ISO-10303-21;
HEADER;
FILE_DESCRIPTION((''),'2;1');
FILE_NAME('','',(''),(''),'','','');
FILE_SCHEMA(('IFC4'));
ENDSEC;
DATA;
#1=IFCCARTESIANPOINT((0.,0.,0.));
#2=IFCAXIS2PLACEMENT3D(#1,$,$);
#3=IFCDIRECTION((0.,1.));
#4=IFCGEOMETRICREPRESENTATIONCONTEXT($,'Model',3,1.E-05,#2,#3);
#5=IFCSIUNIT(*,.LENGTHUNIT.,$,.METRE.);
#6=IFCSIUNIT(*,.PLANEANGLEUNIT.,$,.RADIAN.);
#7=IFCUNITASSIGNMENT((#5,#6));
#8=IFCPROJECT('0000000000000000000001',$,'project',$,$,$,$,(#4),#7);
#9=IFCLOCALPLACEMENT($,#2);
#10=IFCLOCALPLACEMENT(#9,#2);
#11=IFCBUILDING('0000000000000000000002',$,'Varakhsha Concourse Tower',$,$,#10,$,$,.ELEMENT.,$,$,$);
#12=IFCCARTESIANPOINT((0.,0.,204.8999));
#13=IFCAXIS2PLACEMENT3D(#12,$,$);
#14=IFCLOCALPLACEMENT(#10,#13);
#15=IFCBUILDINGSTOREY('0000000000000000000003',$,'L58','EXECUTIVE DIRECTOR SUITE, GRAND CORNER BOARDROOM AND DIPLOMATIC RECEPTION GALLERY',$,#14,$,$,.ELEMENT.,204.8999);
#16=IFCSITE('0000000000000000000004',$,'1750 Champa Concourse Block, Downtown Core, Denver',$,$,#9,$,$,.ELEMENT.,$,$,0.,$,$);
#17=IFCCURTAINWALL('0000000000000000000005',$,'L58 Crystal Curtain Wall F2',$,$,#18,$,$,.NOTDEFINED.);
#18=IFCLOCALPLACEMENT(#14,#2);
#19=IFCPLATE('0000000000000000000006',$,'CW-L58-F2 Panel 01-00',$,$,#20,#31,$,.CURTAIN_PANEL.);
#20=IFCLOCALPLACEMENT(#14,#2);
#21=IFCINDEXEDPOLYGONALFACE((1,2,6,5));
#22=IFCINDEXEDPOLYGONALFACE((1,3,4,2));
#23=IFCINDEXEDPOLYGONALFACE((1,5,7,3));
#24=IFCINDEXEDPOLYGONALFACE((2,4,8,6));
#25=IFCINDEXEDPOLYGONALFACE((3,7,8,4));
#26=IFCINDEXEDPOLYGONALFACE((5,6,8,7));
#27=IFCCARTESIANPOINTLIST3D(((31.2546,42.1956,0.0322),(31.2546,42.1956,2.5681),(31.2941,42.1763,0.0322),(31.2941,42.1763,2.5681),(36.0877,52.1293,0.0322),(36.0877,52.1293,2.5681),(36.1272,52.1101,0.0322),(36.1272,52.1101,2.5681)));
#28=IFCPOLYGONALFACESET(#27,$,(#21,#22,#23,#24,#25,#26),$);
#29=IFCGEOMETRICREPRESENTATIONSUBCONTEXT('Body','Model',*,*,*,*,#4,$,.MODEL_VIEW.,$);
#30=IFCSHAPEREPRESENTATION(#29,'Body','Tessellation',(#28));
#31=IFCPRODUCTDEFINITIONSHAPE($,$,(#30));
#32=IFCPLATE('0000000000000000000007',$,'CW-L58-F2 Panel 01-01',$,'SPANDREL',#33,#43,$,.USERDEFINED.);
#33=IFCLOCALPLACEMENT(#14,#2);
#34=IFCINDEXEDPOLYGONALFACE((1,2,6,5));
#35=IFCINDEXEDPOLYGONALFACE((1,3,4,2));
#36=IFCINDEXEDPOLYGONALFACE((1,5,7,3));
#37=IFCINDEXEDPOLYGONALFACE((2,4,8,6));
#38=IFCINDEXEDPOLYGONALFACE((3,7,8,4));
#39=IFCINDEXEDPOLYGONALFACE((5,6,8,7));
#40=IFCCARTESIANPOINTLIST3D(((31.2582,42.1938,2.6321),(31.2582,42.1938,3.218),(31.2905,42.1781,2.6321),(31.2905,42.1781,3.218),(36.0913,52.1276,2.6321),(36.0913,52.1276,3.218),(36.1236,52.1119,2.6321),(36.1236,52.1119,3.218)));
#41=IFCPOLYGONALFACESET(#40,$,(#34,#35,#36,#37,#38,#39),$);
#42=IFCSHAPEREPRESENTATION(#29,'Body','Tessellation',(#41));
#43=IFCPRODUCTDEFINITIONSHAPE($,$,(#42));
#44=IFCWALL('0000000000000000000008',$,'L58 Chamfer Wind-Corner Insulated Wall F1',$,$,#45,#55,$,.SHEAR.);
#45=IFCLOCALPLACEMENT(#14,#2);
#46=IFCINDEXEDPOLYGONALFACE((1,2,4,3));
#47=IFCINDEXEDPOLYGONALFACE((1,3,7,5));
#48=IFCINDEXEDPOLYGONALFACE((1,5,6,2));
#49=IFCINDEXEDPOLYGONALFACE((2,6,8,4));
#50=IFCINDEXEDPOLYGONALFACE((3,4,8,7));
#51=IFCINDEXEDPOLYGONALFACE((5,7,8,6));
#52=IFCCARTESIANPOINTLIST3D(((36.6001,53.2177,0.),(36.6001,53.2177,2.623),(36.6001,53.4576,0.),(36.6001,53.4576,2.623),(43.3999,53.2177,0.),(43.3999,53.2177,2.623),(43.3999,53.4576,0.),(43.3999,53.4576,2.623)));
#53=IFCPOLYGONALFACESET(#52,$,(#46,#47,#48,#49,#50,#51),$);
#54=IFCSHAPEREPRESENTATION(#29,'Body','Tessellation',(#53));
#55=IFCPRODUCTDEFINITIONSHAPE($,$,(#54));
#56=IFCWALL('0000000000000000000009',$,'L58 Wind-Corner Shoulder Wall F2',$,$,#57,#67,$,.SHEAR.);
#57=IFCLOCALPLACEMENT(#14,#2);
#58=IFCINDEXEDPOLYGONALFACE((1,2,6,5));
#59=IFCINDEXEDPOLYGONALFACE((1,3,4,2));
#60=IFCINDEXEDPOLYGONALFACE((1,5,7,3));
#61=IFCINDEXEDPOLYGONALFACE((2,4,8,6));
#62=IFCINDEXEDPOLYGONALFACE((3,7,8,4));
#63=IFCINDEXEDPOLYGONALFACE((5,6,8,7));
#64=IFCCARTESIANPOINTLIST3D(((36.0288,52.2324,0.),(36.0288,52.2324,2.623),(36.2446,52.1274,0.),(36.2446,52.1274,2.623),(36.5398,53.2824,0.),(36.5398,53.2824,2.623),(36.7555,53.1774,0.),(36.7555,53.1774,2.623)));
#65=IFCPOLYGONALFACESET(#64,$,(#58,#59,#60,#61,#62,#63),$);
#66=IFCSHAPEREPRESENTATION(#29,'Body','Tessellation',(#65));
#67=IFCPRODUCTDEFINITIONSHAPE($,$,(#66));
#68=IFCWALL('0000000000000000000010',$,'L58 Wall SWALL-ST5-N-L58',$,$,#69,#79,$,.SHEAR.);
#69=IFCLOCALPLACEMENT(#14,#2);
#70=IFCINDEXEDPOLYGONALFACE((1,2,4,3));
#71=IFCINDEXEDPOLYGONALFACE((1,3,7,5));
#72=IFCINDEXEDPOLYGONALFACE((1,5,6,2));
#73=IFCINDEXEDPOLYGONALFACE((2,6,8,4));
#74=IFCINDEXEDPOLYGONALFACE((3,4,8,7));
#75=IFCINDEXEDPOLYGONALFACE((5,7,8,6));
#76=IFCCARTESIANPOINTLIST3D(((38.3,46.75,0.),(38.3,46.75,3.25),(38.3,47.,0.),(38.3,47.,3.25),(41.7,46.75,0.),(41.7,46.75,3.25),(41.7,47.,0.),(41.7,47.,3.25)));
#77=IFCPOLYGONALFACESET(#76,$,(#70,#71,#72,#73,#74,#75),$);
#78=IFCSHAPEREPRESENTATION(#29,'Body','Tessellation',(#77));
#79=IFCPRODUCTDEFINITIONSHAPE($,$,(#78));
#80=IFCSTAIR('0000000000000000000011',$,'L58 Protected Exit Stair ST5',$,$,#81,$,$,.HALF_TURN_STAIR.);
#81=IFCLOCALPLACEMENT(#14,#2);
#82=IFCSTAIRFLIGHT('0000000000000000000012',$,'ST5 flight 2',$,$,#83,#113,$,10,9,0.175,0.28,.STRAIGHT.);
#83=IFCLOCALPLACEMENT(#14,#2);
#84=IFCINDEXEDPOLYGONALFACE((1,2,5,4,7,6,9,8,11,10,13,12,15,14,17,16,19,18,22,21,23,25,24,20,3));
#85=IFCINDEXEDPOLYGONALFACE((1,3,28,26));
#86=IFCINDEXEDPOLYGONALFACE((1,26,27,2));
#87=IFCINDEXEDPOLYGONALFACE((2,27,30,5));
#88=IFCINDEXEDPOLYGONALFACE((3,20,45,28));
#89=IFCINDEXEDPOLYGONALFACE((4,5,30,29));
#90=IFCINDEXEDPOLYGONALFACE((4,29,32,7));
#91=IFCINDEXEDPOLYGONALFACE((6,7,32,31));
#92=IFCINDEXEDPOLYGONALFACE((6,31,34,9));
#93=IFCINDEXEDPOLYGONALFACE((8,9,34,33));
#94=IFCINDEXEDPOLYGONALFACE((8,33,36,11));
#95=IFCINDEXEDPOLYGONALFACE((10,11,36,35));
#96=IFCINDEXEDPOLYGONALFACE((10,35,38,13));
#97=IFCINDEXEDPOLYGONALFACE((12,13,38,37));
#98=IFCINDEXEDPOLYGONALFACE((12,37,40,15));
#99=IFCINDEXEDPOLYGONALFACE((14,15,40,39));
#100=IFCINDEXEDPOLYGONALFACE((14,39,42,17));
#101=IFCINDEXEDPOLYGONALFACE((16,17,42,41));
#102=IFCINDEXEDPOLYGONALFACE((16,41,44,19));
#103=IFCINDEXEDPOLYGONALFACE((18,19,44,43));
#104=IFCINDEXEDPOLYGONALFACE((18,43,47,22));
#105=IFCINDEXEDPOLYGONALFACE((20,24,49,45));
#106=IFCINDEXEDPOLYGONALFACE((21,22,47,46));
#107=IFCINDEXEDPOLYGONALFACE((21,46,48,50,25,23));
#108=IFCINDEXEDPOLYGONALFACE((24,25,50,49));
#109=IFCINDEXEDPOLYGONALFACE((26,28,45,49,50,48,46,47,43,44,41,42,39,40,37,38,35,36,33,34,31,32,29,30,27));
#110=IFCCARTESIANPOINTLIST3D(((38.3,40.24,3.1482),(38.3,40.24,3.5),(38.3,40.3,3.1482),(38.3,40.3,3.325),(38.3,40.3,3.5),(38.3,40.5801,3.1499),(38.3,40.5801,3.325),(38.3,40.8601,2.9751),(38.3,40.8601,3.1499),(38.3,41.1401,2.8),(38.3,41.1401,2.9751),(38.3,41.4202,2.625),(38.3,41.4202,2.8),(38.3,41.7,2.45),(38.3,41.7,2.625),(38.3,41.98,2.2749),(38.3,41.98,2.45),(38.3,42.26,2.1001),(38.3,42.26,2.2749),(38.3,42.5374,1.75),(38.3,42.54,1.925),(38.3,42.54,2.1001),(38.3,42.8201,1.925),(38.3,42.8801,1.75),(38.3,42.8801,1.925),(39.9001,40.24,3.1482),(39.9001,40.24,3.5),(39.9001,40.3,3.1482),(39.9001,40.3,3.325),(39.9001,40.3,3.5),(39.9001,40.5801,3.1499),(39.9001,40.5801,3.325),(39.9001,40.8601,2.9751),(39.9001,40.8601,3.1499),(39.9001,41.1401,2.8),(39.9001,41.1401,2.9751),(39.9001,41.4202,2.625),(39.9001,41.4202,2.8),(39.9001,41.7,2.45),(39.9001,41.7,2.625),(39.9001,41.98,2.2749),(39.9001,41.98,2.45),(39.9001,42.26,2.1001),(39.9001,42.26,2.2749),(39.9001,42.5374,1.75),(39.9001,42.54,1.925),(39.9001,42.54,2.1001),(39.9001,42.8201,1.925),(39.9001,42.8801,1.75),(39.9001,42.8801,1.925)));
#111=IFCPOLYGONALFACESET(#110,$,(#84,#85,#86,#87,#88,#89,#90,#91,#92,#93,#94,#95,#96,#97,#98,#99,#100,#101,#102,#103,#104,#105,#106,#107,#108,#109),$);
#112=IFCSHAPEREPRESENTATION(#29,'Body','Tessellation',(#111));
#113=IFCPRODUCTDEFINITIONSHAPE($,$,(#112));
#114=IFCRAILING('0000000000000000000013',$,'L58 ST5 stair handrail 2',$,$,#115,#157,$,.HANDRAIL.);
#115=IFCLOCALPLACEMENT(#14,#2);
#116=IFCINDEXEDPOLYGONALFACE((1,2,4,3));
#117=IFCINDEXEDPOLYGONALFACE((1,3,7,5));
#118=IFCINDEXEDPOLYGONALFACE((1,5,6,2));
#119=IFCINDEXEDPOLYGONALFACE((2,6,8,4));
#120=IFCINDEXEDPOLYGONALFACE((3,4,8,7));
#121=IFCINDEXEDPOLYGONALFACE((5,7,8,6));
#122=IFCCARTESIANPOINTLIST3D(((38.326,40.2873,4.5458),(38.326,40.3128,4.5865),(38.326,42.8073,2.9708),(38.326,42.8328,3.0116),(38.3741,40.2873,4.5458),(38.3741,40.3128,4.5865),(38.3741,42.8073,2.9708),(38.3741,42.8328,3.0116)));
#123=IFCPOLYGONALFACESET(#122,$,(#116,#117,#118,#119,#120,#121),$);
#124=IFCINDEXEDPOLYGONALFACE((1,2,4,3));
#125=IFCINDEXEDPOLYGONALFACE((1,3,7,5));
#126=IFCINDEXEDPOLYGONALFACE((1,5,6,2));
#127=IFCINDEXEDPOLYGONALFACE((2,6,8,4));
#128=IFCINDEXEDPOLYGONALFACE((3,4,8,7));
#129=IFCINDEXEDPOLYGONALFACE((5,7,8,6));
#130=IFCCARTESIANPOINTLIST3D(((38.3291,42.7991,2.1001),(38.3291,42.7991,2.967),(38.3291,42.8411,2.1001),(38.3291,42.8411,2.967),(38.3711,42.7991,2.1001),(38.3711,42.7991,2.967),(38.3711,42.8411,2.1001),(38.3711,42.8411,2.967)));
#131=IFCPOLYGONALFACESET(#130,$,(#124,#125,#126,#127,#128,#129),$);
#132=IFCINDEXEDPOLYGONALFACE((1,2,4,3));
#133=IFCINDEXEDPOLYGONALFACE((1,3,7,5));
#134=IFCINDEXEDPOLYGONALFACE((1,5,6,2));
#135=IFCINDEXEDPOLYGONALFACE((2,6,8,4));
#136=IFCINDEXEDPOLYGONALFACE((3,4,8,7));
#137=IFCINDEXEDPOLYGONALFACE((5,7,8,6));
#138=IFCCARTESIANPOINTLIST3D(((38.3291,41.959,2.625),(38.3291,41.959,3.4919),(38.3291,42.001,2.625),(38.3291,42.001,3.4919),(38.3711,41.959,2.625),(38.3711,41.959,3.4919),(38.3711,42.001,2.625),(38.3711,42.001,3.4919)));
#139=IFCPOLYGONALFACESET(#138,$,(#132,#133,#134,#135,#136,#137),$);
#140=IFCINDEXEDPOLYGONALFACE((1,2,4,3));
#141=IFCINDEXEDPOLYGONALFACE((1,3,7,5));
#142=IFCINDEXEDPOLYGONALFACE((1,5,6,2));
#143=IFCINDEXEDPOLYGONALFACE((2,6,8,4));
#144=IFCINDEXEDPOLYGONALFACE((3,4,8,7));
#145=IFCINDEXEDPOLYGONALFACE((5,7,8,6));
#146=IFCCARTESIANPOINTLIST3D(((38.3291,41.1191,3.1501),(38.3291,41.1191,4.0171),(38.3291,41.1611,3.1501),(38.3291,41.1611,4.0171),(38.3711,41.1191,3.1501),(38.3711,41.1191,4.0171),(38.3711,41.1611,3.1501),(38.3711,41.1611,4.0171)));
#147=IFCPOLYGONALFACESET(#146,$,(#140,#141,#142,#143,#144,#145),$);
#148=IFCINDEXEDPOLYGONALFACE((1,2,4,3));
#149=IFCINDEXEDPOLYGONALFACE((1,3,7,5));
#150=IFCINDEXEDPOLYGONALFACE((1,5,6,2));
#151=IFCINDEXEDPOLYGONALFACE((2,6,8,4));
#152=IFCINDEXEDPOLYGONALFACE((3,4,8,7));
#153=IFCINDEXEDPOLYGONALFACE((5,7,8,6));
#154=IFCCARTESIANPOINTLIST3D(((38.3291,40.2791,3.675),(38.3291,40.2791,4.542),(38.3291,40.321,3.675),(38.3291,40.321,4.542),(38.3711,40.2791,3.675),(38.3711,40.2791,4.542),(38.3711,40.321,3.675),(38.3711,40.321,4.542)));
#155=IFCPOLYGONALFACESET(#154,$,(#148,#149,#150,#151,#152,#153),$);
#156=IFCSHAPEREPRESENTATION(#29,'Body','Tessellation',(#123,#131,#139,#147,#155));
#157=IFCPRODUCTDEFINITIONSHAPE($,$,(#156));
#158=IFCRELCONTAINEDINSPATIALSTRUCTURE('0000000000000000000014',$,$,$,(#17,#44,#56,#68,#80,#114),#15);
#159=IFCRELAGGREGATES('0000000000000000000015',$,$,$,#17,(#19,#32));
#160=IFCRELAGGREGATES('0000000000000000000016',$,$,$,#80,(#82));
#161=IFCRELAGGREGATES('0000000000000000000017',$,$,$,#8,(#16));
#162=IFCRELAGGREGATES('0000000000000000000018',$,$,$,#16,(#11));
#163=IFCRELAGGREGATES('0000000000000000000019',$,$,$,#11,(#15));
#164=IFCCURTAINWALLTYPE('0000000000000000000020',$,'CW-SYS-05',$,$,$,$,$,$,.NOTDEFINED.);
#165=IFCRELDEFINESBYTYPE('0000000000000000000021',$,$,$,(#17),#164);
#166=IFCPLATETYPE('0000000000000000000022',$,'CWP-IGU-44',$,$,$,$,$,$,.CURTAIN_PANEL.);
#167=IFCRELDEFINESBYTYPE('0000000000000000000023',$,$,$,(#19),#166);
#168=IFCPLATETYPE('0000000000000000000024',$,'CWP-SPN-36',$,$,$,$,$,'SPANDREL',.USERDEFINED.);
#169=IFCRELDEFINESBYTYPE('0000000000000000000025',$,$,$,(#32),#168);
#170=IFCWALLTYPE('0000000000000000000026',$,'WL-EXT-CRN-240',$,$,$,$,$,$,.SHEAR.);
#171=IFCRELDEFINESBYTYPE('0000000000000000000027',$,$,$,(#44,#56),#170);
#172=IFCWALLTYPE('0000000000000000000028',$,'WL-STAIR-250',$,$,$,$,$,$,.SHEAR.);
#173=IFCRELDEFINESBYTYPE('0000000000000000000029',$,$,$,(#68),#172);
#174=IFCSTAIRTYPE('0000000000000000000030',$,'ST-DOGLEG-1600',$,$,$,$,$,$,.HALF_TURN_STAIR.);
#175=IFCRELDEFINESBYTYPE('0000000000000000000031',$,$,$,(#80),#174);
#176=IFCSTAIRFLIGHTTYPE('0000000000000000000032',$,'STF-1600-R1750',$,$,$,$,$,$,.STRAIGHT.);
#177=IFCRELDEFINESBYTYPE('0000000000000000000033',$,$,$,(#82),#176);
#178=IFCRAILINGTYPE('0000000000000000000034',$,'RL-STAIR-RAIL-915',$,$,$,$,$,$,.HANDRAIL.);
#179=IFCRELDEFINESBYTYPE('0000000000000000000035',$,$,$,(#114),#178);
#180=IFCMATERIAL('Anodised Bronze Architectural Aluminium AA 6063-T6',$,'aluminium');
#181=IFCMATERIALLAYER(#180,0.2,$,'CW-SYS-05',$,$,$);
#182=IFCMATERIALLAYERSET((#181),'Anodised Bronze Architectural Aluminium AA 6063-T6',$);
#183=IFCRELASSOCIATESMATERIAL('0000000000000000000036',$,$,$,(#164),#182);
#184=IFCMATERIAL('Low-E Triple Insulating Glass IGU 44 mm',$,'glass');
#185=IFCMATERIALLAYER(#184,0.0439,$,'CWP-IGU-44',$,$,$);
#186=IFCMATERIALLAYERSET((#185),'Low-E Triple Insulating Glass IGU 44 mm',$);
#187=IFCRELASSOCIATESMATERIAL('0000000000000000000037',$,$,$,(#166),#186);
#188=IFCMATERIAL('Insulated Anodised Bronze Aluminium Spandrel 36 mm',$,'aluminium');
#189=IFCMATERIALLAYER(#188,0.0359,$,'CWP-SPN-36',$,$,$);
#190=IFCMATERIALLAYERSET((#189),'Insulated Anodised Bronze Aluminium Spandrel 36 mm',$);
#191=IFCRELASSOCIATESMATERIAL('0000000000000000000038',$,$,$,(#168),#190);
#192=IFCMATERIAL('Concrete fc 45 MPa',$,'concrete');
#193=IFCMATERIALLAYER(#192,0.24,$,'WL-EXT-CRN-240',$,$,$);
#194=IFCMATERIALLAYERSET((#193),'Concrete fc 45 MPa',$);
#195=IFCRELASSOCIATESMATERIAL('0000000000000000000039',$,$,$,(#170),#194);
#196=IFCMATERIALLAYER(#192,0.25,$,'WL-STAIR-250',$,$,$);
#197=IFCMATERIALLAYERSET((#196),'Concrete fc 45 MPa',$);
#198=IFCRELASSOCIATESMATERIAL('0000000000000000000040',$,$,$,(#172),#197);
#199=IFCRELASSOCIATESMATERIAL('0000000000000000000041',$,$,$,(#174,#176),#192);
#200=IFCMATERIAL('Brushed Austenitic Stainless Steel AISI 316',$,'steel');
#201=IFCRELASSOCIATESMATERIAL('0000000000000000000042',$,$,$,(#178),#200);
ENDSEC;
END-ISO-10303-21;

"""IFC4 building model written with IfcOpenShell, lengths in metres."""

from ifc_helpers import new_model, si_unit, direction, frame, frame_2d, origin, origin_2d, place, context, subcontext, project, spatial, polyline, rectangle, outline, extrude, source, transform, mapped, material, layer, layer_set, type_object, type_shapes, element, aggregate, save


model = new_model("IFC4")

# Units and contexts
model_context = context("Model", 3, precision=1e-05, world=origin(), true_north=direction((0.0, 1.0)))
body_context = subcontext(model_context, "Body", "Model", "MODEL_VIEW")
ifc_project = project(units=[si_unit("LENGTHUNIT", "METRE"), si_unit("PLANEANGLEUNIT", "RADIAN")], contexts=[model_context])

# Site, building, storey
site_placement = place(None, origin())
site = spatial("IfcSite", under=ifc_project, at=site_placement, Name="1750 Champa Concourse Block, Downtown Core, Denver", CompositionType="ELEMENT", RefElevation=0.0)
building_placement = place(site_placement, origin())
building = spatial("IfcBuilding", under=site, at=building_placement, Name="Varakhsha Concourse Tower", CompositionType="ELEMENT")
storey_placement = place(building_placement, frame((0.0, 0.0, 204.8999)))
storey = spatial("IfcBuildingStorey", under=building, at=storey_placement, Name="L58", Description="EXECUTIVE DIRECTOR SUITE, GRAND CORNER BOARDROOM AND DIPLOMATIC RECEPTION GALLERY", CompositionType="ELEMENT", Elevation=204.8999)

# Curtain wall
ifc_material_1 = material(Name="Anodised Bronze Architectural Aluminium AA 6063-T6", Category="aluminium")
ifc_layer_1 = layer(ifc_material_1, 0.2, Name="CW-SYS-05")
ifc_layer_set_1 = layer_set([ifc_layer_1], Name="Anodised Bronze Architectural Aluminium AA 6063-T6")
curtain_wall_type = type_object("IfcCurtainWallType", Name="CW-SYS-05", PredefinedType="NOTDEFINED", material=ifc_layer_set_1)
curtain_wall_placement = place(storey_placement, origin())
curtain_wall = element("IfcCurtainWall", 1, at=curtain_wall_placement, inside=storey, type_object=curtain_wall_type, Name="L58 Crystal Curtain Wall F2", PredefinedType="NOTDEFINED")

# Plates
ifc_material_2 = material(Name="Low-E Triple Insulating Glass IGU 44 mm", Category="glass")
ifc_layer_2 = layer(ifc_material_2, 0.0439, Name="CWP-IGU-44")
ifc_layer_set_2 = layer_set([ifc_layer_2], Name="Low-E Triple Insulating Glass IGU 44 mm")
plate_type_1 = type_object("IfcPlateType", Name="CWP-IGU-44", PredefinedType="CURTAIN_PANEL", material=ifc_layer_set_2)
shared_shape_1 = source(origin(), body_context, "Body", "SweptSolid", [
    extrude(rectangle(XDim=11.0471, YDim=0.0439, at=origin_2d()), origin(), (0.0, 0.0, 1.0), 2.5359),
])
type_shapes(plate_type_1, [shared_shape_1])
plate_1_placement = place(storey_placement, frame((33.6909, 47.1528, 0.0322), z_axis=(0.0, 0.0, 1.0), x_axis=(0.437497, 0.89922, 0.0)))
plate_1 = element("IfcPlate", 2, at=plate_1_placement, type_object=plate_type_1, Name="CW-L58-F2 Panel 01-00", PredefinedType="CURTAIN_PANEL", context=body_context, shape_type="MappedRepresentation", body=[
    mapped(shared_shape_1, transform((0.0, 0.0, 0.0), scale=1.0)),
])
ifc_material_3 = material(Name="Insulated Anodised Bronze Aluminium Spandrel 36 mm", Category="aluminium")
ifc_layer_3 = layer(ifc_material_3, 0.0359, Name="CWP-SPN-36")
ifc_layer_set_3 = layer_set([ifc_layer_3], Name="Insulated Anodised Bronze Aluminium Spandrel 36 mm")
plate_type_2 = type_object("IfcPlateType", Name="CWP-SPN-36", ElementType="SPANDREL", PredefinedType="USERDEFINED", material=ifc_layer_set_3)
shared_shape_2 = source(origin(), body_context, "Body", "SweptSolid", [
    extrude(rectangle(XDim=11.0471, YDim=0.0359, at=origin_2d()), origin(), (0.0, 0.0, 1.0), 0.5859),
])
type_shapes(plate_type_2, [shared_shape_2])
plate_2_placement = place(storey_placement, frame((33.6909, 47.1528, 2.6321), z_axis=(0.0, 0.0, 1.0), x_axis=(0.437497, 0.89922, 0.0)))
plate_2 = element("IfcPlate", 3, at=plate_2_placement, type_object=plate_type_2, Name="CW-L58-F2 Panel 01-01", ObjectType="SPANDREL", PredefinedType="USERDEFINED", context=body_context, shape_type="MappedRepresentation", body=[
    mapped(shared_shape_2, transform((0.0, 0.0, 0.0), scale=1.0)),
])
aggregate(curtain_wall, [plate_1, plate_2])

# Walls
ifc_material_4 = material(Name="Concrete fc 45 MPa", Category="concrete")
ifc_layer_4 = layer(ifc_material_4, 0.24, Name="WL-EXT-CRN-240")
ifc_layer_set_4 = layer_set([ifc_layer_4], Name="Concrete fc 45 MPa")
wall_type_1 = type_object("IfcWallType", Name="WL-EXT-CRN-240", PredefinedType="SHEAR", material=ifc_layer_set_4)
wall_1_placement = place(storey_placement, frame((36.6001, 53.3376, 0.0), z_axis=(0.0, 0.0, 1.0), x_axis=(1.0, 0.0, 0.0)))
element("IfcWall", 4, at=wall_1_placement, inside=storey, type_object=wall_type_1, Name="L58 Chamfer Wind-Corner Insulated Wall F1", PredefinedType="SHEAR", context=body_context, shape_type="SweptSolid", body=[
    extrude(rectangle(XDim=6.7998, YDim=0.24, at=frame_2d((3.3999, 0.0))), origin(), (0.0, 0.0, 1.0), 2.623),
])
wall_2_placement = place(storey_placement, frame((36.6477, 53.23, 0.0), z_axis=(0.0, 0.0, 1.0), x_axis=(-0.437571, -0.899184, 0.0)))
element("IfcWall", 5, at=wall_2_placement, inside=storey, type_object=wall_type_1, Name="L58 Wind-Corner Shoulder Wall F2", PredefinedType="SHEAR", context=body_context, shape_type="SweptSolid", body=[
    extrude(rectangle(XDim=1.1677, YDim=0.24, at=frame_2d((0.584, 0.0))), origin(), (0.0, 0.0, 1.0), 2.623),
])
ifc_layer_5 = layer(ifc_material_4, 0.25, Name="WL-STAIR-250")
ifc_layer_set_5 = layer_set([ifc_layer_5], Name="Concrete fc 45 MPa")
wall_type_2 = type_object("IfcWallType", Name="WL-STAIR-250", PredefinedType="SHEAR", material=ifc_layer_set_5)
wall_3_placement = place(storey_placement, frame((38.3, 46.875, 0.0), z_axis=(0.0, 0.0, 1.0), x_axis=(1.0, 0.0, 0.0)))
element("IfcWall", 6, at=wall_3_placement, inside=storey, type_object=wall_type_2, Name="L58 Wall SWALL-ST5-N-L58", PredefinedType="SHEAR", context=body_context, shape_type="SweptSolid", body=[
    extrude(rectangle(XDim=3.3999, YDim=0.25, at=frame_2d((1.7, 0.0))), origin(), (0.0, 0.0, 1.0), 3.25),
])

# Stair, stair flight
stair_type = type_object("IfcStairType", Name="ST-DOGLEG-1600", PredefinedType="HALF_TURN_STAIR", material=ifc_material_4)
stair_placement = place(storey_placement, origin())
stair = element("IfcStair", 7, at=stair_placement, inside=storey, type_object=stair_type, Name="L58 Protected Exit Stair ST5", PredefinedType="HALF_TURN_STAIR")
stair_flight_type = type_object("IfcStairFlightType", Name="STF-1600-R1750", PredefinedType="STRAIGHT", material=ifc_material_4)
stair_flight_placement = place(storey_placement, frame((39.1001, 42.8201, 1.75), z_axis=(0.0, 0.0, 1.0), x_axis=(0.0, -1.0, 0.0)))
stair_flight = element("IfcStairFlight", 8, at=stair_flight_placement, type_object=stair_flight_type, Name="ST5 flight 2", NumberOfRisers=10, NumberOfTreads=9, PredefinedType="STRAIGHT", RiserHeight=0.175, TreadLength=0.28, context=body_context, shape_type="SweptSolid", body=[
    extrude(outline(polyline([(-0.0601, 0.0), (-0.0601, 0.175), (0.0, 0.175), (0.28, 0.175), (0.28, 0.3501), (0.5601, 0.3501), (0.5601, 0.5249), (0.8401, 0.5249), (0.8401, 0.7), (1.1201, 0.7), (1.1201, 0.875), (1.3999, 0.875), (1.3999, 1.05), (1.6799, 1.05), (1.6799, 1.2251), (1.96, 1.2251), (1.96, 1.3999), (2.24, 1.3999), (2.24, 1.575), (2.52, 1.575), (2.52, 1.75), (2.5801, 1.75), (2.5801, 1.3982), (2.52, 1.3982), (0.2827, 0.0), (-0.0601, 0.0)])), frame((0.0, 0.8, 0.0), z_axis=(0.0, -1.0, 0.0), x_axis=(1.0, 0.0, 0.0)), (0.0, 0.0, 1.0), 1.6001),
])
aggregate(stair, [stair_flight])

# Railing
ifc_material_5 = material(Name="Brushed Austenitic Stainless Steel AISI 316", Category="steel")
railing_type = type_object("IfcRailingType", Name="RL-STAIR-RAIL-915", PredefinedType="HANDRAIL", material=ifc_material_5)
railing_placement = place(storey_placement, frame((38.3501, 42.8201, 2.1001)))
element("IfcRailing", 9, at=railing_placement, inside=storey, type_object=railing_type, Name="L58 ST5 stair handrail 2", PredefinedType="HANDRAIL", context=body_context, shape_type="SweptSolid", body=[
    extrude(rectangle(XDim=0.0481, YDim=0.0481, at=origin_2d()), frame((0.0, 0.0, 0.8911), z_axis=(0.0, -0.848008, 0.529984), x_axis=(1.0, 0.0, 0.0)), (0.0, 0.0, 1.0), 2.9717),
    extrude(rectangle(XDim=0.042, YDim=0.042, at=origin_2d()), origin(), (0.0, 0.0, 1.0), 0.8669),
    extrude(rectangle(XDim=0.042, YDim=0.042, at=origin_2d()), frame((0.0, -0.8401, 0.5249)), (0.0, 0.0, 1.0), 0.8669),
    extrude(rectangle(XDim=0.042, YDim=0.042, at=origin_2d()), frame((0.0, -1.6799, 1.05)), (0.0, 0.0, 1.0), 0.8669),
    extrude(rectangle(XDim=0.042, YDim=0.042, at=origin_2d()), frame((0.0, -2.52, 1.575)), (0.0, 0.0, 1.0), 0.8669),
])

save(model, "model.ifc")
